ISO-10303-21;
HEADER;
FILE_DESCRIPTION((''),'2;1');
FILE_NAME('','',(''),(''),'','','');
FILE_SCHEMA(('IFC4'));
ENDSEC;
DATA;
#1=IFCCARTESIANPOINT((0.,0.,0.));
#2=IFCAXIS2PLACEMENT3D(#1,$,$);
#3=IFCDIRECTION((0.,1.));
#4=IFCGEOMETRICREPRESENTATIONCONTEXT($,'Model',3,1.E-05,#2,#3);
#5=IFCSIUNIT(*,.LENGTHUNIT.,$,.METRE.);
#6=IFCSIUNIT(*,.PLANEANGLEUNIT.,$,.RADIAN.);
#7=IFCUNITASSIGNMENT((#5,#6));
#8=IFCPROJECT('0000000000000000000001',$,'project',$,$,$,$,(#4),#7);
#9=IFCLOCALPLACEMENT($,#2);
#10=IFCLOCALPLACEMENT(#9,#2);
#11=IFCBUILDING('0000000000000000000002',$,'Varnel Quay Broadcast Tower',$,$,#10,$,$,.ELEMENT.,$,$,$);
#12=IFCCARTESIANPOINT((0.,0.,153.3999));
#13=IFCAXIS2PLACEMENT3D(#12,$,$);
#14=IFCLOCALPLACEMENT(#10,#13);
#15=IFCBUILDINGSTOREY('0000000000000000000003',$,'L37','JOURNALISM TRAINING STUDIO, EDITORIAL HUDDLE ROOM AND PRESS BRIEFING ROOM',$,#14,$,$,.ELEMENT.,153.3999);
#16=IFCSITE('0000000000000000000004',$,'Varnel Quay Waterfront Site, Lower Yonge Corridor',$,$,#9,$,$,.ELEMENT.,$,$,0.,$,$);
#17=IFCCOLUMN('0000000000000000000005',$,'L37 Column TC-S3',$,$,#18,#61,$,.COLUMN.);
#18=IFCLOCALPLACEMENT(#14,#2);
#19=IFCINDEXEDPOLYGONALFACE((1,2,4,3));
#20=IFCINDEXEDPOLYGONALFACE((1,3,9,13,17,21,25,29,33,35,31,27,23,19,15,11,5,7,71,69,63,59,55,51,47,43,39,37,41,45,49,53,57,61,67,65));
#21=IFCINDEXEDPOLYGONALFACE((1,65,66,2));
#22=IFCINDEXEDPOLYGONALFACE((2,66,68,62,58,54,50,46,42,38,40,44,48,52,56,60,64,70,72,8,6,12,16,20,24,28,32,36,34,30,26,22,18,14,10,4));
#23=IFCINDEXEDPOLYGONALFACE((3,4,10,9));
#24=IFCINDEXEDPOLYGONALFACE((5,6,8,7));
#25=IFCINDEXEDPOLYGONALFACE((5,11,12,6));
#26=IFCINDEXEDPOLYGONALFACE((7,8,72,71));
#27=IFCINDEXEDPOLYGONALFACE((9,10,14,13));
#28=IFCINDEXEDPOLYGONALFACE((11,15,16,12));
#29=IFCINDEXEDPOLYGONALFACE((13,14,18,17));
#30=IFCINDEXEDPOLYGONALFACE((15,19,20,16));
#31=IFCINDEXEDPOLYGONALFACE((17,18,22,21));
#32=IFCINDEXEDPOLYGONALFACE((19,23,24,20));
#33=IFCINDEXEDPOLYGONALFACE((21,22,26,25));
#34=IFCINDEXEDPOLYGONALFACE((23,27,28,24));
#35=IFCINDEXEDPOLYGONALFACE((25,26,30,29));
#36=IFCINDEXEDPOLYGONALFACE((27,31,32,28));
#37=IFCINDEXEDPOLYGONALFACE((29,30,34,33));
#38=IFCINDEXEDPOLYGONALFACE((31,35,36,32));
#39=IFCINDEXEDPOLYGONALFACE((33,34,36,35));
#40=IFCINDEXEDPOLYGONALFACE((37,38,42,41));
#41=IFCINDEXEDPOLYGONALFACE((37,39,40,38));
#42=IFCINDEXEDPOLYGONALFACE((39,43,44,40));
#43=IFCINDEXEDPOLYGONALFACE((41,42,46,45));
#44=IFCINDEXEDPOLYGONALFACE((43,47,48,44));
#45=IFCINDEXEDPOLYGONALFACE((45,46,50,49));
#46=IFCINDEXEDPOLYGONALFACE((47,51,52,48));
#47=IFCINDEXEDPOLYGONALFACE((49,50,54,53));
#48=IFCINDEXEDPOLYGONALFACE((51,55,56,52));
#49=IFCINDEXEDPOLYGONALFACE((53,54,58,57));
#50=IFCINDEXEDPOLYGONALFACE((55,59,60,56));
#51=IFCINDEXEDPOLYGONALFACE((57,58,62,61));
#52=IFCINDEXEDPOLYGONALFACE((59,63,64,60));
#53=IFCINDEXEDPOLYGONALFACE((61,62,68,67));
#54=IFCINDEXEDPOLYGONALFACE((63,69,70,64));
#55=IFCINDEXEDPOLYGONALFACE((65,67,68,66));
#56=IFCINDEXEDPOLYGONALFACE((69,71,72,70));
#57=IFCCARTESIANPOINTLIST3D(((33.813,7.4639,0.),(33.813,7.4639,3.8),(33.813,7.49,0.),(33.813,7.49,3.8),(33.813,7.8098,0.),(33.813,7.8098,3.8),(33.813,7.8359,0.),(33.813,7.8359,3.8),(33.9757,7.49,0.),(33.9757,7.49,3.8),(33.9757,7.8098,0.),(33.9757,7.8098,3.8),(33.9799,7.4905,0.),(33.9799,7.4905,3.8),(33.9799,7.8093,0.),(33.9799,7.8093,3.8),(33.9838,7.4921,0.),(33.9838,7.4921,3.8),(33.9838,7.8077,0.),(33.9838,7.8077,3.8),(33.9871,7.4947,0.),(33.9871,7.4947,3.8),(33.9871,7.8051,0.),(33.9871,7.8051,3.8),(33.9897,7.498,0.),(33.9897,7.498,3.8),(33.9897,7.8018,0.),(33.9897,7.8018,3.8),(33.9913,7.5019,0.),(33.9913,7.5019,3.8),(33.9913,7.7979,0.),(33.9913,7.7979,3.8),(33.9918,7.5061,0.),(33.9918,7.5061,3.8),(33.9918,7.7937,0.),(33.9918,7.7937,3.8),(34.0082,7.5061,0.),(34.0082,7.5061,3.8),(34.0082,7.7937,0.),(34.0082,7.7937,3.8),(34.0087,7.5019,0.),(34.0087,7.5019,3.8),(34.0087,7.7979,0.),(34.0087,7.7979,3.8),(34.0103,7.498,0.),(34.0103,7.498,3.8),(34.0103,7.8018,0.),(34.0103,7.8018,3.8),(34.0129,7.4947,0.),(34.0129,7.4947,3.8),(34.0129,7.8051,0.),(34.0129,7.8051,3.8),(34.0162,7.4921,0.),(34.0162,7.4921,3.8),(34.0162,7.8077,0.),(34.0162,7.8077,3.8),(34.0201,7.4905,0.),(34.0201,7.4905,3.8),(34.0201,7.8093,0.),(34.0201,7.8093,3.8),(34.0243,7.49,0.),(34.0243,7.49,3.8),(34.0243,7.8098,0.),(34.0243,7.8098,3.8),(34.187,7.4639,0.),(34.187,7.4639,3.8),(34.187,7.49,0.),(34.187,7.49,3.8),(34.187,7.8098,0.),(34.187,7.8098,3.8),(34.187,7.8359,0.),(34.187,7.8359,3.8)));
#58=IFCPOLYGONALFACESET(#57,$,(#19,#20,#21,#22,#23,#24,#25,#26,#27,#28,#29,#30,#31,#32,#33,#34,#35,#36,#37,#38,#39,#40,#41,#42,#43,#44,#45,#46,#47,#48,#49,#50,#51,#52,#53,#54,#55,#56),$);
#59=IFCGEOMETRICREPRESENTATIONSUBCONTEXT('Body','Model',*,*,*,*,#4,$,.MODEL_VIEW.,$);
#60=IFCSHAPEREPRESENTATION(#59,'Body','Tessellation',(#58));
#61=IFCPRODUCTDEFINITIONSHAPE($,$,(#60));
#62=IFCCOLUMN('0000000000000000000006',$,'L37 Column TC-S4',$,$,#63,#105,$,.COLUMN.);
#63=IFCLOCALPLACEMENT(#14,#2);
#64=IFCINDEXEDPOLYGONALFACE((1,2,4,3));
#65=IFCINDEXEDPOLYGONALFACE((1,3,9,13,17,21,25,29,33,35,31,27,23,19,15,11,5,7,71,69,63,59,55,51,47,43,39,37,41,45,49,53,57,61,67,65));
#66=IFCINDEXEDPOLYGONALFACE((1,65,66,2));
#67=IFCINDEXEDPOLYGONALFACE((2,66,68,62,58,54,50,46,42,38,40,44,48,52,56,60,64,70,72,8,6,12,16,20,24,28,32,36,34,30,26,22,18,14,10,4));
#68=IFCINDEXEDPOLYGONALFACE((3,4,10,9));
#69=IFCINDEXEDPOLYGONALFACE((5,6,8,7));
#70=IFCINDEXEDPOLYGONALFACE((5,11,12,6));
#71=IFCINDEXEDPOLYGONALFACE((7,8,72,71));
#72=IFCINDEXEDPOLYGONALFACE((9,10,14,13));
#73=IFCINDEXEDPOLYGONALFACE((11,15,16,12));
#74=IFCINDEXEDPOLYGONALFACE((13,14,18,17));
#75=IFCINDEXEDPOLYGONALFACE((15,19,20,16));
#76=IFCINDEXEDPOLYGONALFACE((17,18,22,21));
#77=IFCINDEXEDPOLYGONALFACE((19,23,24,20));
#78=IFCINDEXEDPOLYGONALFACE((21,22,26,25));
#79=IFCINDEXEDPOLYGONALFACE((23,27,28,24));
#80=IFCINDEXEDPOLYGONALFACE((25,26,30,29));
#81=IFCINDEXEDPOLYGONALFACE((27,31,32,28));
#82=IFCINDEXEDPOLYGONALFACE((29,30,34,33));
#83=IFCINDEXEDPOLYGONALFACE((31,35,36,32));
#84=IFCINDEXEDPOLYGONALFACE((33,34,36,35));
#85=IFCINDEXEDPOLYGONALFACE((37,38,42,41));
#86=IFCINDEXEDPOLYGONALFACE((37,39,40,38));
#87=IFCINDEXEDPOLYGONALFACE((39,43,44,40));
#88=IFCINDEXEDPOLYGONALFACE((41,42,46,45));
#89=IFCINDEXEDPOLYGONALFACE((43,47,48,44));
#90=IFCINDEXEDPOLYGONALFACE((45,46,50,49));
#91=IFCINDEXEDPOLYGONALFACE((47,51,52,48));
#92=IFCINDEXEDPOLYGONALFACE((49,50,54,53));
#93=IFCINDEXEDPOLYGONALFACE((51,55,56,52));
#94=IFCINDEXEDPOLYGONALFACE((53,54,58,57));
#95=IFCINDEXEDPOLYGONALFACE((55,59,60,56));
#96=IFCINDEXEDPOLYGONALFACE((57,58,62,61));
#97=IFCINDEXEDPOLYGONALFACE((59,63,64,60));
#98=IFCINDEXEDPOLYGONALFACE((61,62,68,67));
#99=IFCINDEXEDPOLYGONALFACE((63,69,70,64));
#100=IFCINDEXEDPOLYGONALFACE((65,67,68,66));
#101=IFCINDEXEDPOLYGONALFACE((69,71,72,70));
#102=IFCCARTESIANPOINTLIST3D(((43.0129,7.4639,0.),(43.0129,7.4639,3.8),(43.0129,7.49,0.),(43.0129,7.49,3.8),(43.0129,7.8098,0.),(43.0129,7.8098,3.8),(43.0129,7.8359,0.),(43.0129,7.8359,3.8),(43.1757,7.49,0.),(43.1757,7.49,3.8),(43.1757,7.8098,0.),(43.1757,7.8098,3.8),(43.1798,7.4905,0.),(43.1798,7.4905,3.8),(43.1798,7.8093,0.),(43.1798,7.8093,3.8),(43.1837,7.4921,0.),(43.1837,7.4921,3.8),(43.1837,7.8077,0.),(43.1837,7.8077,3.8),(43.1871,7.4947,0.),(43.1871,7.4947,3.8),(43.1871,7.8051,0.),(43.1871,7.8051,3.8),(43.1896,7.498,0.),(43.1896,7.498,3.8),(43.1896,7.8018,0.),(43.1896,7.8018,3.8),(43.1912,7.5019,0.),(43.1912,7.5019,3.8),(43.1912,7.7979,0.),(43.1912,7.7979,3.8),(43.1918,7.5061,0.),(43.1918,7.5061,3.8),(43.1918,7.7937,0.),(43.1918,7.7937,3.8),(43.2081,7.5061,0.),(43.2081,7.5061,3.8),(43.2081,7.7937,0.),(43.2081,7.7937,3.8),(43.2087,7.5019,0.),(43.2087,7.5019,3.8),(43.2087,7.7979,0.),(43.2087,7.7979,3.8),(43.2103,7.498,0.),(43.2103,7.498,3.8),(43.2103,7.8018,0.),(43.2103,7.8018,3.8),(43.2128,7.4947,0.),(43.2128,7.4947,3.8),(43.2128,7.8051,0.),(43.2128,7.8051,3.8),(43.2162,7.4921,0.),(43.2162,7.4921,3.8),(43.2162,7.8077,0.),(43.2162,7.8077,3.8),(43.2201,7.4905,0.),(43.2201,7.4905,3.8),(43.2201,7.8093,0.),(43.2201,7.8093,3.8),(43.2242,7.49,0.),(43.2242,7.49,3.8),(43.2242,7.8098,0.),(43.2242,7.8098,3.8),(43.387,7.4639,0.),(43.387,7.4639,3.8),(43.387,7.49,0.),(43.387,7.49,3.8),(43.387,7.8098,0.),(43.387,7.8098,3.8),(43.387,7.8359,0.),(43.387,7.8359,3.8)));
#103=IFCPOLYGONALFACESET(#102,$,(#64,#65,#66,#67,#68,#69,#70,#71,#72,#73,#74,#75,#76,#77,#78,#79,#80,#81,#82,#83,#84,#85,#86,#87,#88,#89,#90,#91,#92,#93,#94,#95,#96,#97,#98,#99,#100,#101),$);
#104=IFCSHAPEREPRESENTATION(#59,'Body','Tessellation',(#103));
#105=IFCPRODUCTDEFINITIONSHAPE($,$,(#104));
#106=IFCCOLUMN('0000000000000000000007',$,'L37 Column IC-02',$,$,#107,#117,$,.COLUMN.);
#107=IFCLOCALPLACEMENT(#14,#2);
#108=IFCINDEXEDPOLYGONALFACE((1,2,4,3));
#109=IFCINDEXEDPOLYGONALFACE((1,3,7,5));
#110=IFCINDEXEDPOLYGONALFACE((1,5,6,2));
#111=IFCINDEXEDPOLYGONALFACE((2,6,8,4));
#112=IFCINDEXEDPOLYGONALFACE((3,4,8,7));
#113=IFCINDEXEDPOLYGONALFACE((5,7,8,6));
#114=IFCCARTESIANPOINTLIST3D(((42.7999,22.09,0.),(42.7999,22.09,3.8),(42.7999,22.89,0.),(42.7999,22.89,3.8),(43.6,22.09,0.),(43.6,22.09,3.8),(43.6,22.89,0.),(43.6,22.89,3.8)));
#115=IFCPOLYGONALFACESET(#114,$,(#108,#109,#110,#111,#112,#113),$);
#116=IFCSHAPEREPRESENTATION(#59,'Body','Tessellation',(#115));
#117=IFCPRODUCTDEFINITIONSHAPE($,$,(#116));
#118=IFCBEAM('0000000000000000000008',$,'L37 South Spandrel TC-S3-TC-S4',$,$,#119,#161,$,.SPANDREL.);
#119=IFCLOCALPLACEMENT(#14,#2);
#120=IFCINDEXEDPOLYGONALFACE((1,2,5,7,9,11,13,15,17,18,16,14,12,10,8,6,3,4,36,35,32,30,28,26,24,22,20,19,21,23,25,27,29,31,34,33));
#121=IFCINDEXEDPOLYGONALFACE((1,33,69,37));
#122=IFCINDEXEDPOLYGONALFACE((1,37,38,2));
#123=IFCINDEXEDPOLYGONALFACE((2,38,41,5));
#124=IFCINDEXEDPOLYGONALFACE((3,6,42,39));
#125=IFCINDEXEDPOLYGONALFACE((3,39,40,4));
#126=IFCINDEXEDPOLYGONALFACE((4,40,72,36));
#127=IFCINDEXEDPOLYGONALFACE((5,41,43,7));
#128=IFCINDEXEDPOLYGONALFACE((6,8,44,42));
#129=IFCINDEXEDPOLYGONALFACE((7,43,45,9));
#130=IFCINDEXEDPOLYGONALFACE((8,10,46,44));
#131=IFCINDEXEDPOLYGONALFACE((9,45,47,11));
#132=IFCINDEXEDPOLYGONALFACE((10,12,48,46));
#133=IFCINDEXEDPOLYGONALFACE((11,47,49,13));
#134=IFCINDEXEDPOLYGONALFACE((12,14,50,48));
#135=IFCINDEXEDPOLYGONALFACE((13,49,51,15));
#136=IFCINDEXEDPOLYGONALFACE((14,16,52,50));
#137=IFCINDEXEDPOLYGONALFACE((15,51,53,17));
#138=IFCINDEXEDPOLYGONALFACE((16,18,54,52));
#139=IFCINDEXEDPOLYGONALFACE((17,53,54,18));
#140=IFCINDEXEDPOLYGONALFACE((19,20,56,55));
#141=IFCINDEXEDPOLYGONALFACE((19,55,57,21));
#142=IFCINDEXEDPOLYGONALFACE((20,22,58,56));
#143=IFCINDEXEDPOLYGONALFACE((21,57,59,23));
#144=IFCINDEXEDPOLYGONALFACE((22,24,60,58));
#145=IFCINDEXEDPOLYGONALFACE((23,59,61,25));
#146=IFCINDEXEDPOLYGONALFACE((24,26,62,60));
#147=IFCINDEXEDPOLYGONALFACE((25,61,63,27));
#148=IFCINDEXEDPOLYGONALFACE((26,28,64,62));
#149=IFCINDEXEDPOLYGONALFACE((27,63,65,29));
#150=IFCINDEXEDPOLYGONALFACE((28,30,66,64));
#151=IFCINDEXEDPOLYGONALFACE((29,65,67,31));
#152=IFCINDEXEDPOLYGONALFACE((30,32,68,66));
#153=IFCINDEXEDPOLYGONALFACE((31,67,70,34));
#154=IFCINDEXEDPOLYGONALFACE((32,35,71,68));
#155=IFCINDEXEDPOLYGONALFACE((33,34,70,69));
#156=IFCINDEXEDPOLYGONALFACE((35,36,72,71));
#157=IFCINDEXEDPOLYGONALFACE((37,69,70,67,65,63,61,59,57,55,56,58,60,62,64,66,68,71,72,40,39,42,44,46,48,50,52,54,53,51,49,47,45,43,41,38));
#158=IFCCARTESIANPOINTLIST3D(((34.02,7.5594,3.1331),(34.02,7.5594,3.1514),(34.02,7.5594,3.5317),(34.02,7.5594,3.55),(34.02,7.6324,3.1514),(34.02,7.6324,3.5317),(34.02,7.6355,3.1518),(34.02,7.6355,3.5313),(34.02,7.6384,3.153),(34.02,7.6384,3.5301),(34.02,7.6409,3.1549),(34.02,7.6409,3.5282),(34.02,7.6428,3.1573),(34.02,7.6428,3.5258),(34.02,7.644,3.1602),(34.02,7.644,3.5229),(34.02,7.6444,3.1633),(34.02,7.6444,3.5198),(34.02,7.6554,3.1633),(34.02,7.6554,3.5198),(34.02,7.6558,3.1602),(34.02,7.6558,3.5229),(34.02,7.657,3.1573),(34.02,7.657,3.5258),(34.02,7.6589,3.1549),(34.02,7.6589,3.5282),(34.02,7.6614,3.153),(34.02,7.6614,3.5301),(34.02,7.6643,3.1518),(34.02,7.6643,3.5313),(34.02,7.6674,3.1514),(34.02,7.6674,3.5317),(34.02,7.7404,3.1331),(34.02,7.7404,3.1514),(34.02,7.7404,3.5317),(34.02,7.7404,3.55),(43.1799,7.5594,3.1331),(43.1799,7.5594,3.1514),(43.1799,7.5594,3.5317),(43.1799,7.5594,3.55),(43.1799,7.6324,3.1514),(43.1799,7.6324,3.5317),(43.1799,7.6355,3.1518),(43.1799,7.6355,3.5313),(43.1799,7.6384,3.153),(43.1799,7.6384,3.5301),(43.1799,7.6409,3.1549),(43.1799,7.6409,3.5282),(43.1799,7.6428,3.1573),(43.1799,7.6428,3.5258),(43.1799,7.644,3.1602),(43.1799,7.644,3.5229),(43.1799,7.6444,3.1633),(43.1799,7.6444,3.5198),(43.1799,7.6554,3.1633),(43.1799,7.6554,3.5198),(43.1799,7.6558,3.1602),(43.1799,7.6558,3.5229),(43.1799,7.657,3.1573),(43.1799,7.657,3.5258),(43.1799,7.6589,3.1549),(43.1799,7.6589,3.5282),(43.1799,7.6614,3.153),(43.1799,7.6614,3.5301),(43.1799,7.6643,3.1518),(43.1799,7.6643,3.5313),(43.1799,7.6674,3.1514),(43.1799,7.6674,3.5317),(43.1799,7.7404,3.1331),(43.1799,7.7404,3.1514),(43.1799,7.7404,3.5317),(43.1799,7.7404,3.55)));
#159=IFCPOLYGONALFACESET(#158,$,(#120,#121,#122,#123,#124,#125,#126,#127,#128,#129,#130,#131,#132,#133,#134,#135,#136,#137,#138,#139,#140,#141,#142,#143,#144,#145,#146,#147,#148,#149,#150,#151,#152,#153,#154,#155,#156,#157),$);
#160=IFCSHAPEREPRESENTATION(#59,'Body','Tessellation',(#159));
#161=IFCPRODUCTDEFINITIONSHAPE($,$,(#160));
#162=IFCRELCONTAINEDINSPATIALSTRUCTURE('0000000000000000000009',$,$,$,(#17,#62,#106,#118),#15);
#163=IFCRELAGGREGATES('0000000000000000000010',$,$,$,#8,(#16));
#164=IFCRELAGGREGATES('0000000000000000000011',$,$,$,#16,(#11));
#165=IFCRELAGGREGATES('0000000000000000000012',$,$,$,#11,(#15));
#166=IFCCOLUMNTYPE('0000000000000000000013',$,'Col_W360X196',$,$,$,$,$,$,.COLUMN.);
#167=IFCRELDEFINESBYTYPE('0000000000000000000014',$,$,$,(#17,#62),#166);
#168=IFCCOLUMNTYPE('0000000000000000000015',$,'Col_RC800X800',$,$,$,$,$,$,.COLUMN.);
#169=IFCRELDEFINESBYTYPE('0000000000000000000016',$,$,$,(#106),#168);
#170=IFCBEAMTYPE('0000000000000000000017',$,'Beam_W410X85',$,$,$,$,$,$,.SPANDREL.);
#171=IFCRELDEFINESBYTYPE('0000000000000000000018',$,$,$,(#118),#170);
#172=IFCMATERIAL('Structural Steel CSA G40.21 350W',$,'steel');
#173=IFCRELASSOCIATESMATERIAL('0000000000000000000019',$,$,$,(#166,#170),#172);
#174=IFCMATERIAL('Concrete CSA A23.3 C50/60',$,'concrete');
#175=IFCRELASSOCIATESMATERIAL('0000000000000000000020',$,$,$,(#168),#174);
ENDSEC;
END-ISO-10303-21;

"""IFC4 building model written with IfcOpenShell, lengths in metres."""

from ifc_helpers import new_model, si_unit, direction, frame, origin, origin_2d, place, context, subcontext, project, spatial, rectangle, i_section, extrude, source, transform, mapped, material, material_profile, profile_set, type_object, type_shapes, element, save


model = new_model("IFC4")

# Units and contexts
model_context = context("Model", 3, precision=1e-05, world=origin(), true_north=direction((0.0, 1.0)))
body_context = subcontext(model_context, "Body", "Model", "MODEL_VIEW")
ifc_project = project(units=[si_unit("LENGTHUNIT", "METRE"), si_unit("PLANEANGLEUNIT", "RADIAN")], contexts=[model_context])

# Site, building, storey
site_placement = place(None, origin())
site = spatial("IfcSite", under=ifc_project, at=site_placement, Name="Varnel Quay Waterfront Site, Lower Yonge Corridor", CompositionType="ELEMENT", RefElevation=0.0)
building_placement = place(site_placement, origin())
building = spatial("IfcBuilding", under=site, at=building_placement, Name="Varnel Quay Broadcast Tower", CompositionType="ELEMENT")
storey_placement = place(building_placement, frame((0.0, 0.0, 153.3999)))
storey = spatial("IfcBuildingStorey", under=building, at=storey_placement, Name="L37", Description="JOURNALISM TRAINING STUDIO, EDITORIAL HUDDLE ROOM AND PRESS BRIEFING ROOM", CompositionType="ELEMENT", Elevation=153.3999)

# Columns
ifc_material_1 = material(Name="Structural Steel CSA G40.21 350W", Category="steel")
ifc_material_profile_1 = material_profile(ifc_material_1, i_section(OverallWidth=0.374, OverallDepth=0.3721, WebThickness=0.0164, FlangeThickness=0.0261, FilletRadius=0.0161, at=origin_2d()), Name="W360X196")
ifc_profile_set_1 = profile_set([ifc_material_profile_1], Name="Structural Steel CSA G40.21 350W")
column_type_1 = type_object("IfcColumnType", Name="Col_W360X196", PredefinedType="COLUMN", material=ifc_profile_set_1)
shared_shape_1 = source(origin(), body_context, "Body", "SweptSolid", [
    extrude(i_section(OverallWidth=0.374, OverallDepth=0.3721, WebThickness=0.0164, FlangeThickness=0.0261, FilletRadius=0.0161, at=origin_2d()), origin(), (0.0, 0.0, 1.0), 3.8),
])
type_shapes(column_type_1, [shared_shape_1])
for number, where, z_axis, x_axis, name in (
    (1, (34.0, 7.6499, 0.0), (0.0, 0.0, 1.0), (1.0, 0.0, 0.0), "L37 Column TC-S3"),
    (2, (43.2, 7.6499, 0.0), (0.0, 0.0, 1.0), (1.0, 0.0, 0.0), "L37 Column TC-S4"),
):
    element("IfcColumn", number, at=place(storey_placement, frame(where, z_axis=z_axis, x_axis=x_axis)), inside=storey, type_object=column_type_1, Name=name, PredefinedType="COLUMN", context=body_context, shape_type="MappedRepresentation", body=[
        mapped(shared_shape_1, transform((0.0, 0.0, 0.0), x_axis=(1.0, 0.0, 0.0), y_axis=(0.0, 1.0, 0.0), z_axis=(0.0, 0.0, 1.0), scale=1.0)),
    ])
ifc_material_2 = material(Name="Concrete CSA A23.3 C50/60", Category="concrete")
ifc_material_profile_2 = material_profile(ifc_material_2, rectangle(XDim=0.8, YDim=0.8, at=origin_2d()), Name="RC800X800")
ifc_profile_set_2 = profile_set([ifc_material_profile_2], Name="Concrete CSA A23.3 C50/60")
column_type_2 = type_object("IfcColumnType", Name="Col_RC800X800", PredefinedType="COLUMN", material=ifc_profile_set_2)
shared_shape_2 = source(origin(), body_context, "Body", "SweptSolid", [
    extrude(rectangle(XDim=0.8, YDim=0.8, at=origin_2d()), origin(), (0.0, 0.0, 1.0), 3.8),
])
type_shapes(column_type_2, [shared_shape_2])
column_placement = place(storey_placement, frame((43.2, 22.49, 0.0), z_axis=(0.0, 0.0, 1.0), x_axis=(1.0, 0.0, 0.0)))
element("IfcColumn", 3, at=column_placement, inside=storey, type_object=column_type_2, Name="L37 Column IC-02", PredefinedType="COLUMN", context=body_context, shape_type="MappedRepresentation", body=[
    mapped(shared_shape_2, transform((0.0, 0.0, 0.0), x_axis=(1.0, 0.0, 0.0), y_axis=(0.0, 1.0, 0.0), z_axis=(0.0, 0.0, 1.0), scale=1.0)),
])

# Beam
ifc_material_profile_3 = material_profile(ifc_material_1, i_section(OverallWidth=0.1809, OverallDepth=0.417, WebThickness=0.011, FlangeThickness=0.0183, FilletRadius=0.012, at=origin_2d()), Name="W410X85")
ifc_profile_set_3 = profile_set([ifc_material_profile_3], Name="Structural Steel CSA G40.21 350W")
beam_type_1 = type_object("IfcBeamType", Name="Beam_W410X85", PredefinedType="SPANDREL", material=ifc_profile_set_3)
shared_shape_3 = source(origin(), body_context, "Body", "SweptSolid", [
    extrude(i_section(OverallWidth=0.1809, OverallDepth=0.417, WebThickness=0.011, FlangeThickness=0.0183, FilletRadius=0.012, at=origin_2d()), origin(), (0.0, 0.0, 1.0), 9.1599),
])
type_shapes(beam_type_1, [shared_shape_3])
for number, where, z_axis, x_axis, name in (
    (4, (34.02, 7.6499, 3.3416), (1.0, 0.0, 0.0), (0.0, 1.0, 0.0), "L37 South Spandrel TC-S3-TC-S4"),
):
    element("IfcBeam", number, at=place(storey_placement, frame(where, z_axis=z_axis, x_axis=x_axis)), inside=storey, type_object=beam_type_1, Name=name, PredefinedType="SPANDREL", context=body_context, shape_type="MappedRepresentation", body=[
        mapped(shared_shape_3, transform((0.0, 0.0, 0.0), x_axis=(1.0, 0.0, 0.0), y_axis=(0.0, 1.0, 0.0), z_axis=(0.0, 0.0, 1.0), scale=1.0)),
    ])

save(model, "model.ifc")
